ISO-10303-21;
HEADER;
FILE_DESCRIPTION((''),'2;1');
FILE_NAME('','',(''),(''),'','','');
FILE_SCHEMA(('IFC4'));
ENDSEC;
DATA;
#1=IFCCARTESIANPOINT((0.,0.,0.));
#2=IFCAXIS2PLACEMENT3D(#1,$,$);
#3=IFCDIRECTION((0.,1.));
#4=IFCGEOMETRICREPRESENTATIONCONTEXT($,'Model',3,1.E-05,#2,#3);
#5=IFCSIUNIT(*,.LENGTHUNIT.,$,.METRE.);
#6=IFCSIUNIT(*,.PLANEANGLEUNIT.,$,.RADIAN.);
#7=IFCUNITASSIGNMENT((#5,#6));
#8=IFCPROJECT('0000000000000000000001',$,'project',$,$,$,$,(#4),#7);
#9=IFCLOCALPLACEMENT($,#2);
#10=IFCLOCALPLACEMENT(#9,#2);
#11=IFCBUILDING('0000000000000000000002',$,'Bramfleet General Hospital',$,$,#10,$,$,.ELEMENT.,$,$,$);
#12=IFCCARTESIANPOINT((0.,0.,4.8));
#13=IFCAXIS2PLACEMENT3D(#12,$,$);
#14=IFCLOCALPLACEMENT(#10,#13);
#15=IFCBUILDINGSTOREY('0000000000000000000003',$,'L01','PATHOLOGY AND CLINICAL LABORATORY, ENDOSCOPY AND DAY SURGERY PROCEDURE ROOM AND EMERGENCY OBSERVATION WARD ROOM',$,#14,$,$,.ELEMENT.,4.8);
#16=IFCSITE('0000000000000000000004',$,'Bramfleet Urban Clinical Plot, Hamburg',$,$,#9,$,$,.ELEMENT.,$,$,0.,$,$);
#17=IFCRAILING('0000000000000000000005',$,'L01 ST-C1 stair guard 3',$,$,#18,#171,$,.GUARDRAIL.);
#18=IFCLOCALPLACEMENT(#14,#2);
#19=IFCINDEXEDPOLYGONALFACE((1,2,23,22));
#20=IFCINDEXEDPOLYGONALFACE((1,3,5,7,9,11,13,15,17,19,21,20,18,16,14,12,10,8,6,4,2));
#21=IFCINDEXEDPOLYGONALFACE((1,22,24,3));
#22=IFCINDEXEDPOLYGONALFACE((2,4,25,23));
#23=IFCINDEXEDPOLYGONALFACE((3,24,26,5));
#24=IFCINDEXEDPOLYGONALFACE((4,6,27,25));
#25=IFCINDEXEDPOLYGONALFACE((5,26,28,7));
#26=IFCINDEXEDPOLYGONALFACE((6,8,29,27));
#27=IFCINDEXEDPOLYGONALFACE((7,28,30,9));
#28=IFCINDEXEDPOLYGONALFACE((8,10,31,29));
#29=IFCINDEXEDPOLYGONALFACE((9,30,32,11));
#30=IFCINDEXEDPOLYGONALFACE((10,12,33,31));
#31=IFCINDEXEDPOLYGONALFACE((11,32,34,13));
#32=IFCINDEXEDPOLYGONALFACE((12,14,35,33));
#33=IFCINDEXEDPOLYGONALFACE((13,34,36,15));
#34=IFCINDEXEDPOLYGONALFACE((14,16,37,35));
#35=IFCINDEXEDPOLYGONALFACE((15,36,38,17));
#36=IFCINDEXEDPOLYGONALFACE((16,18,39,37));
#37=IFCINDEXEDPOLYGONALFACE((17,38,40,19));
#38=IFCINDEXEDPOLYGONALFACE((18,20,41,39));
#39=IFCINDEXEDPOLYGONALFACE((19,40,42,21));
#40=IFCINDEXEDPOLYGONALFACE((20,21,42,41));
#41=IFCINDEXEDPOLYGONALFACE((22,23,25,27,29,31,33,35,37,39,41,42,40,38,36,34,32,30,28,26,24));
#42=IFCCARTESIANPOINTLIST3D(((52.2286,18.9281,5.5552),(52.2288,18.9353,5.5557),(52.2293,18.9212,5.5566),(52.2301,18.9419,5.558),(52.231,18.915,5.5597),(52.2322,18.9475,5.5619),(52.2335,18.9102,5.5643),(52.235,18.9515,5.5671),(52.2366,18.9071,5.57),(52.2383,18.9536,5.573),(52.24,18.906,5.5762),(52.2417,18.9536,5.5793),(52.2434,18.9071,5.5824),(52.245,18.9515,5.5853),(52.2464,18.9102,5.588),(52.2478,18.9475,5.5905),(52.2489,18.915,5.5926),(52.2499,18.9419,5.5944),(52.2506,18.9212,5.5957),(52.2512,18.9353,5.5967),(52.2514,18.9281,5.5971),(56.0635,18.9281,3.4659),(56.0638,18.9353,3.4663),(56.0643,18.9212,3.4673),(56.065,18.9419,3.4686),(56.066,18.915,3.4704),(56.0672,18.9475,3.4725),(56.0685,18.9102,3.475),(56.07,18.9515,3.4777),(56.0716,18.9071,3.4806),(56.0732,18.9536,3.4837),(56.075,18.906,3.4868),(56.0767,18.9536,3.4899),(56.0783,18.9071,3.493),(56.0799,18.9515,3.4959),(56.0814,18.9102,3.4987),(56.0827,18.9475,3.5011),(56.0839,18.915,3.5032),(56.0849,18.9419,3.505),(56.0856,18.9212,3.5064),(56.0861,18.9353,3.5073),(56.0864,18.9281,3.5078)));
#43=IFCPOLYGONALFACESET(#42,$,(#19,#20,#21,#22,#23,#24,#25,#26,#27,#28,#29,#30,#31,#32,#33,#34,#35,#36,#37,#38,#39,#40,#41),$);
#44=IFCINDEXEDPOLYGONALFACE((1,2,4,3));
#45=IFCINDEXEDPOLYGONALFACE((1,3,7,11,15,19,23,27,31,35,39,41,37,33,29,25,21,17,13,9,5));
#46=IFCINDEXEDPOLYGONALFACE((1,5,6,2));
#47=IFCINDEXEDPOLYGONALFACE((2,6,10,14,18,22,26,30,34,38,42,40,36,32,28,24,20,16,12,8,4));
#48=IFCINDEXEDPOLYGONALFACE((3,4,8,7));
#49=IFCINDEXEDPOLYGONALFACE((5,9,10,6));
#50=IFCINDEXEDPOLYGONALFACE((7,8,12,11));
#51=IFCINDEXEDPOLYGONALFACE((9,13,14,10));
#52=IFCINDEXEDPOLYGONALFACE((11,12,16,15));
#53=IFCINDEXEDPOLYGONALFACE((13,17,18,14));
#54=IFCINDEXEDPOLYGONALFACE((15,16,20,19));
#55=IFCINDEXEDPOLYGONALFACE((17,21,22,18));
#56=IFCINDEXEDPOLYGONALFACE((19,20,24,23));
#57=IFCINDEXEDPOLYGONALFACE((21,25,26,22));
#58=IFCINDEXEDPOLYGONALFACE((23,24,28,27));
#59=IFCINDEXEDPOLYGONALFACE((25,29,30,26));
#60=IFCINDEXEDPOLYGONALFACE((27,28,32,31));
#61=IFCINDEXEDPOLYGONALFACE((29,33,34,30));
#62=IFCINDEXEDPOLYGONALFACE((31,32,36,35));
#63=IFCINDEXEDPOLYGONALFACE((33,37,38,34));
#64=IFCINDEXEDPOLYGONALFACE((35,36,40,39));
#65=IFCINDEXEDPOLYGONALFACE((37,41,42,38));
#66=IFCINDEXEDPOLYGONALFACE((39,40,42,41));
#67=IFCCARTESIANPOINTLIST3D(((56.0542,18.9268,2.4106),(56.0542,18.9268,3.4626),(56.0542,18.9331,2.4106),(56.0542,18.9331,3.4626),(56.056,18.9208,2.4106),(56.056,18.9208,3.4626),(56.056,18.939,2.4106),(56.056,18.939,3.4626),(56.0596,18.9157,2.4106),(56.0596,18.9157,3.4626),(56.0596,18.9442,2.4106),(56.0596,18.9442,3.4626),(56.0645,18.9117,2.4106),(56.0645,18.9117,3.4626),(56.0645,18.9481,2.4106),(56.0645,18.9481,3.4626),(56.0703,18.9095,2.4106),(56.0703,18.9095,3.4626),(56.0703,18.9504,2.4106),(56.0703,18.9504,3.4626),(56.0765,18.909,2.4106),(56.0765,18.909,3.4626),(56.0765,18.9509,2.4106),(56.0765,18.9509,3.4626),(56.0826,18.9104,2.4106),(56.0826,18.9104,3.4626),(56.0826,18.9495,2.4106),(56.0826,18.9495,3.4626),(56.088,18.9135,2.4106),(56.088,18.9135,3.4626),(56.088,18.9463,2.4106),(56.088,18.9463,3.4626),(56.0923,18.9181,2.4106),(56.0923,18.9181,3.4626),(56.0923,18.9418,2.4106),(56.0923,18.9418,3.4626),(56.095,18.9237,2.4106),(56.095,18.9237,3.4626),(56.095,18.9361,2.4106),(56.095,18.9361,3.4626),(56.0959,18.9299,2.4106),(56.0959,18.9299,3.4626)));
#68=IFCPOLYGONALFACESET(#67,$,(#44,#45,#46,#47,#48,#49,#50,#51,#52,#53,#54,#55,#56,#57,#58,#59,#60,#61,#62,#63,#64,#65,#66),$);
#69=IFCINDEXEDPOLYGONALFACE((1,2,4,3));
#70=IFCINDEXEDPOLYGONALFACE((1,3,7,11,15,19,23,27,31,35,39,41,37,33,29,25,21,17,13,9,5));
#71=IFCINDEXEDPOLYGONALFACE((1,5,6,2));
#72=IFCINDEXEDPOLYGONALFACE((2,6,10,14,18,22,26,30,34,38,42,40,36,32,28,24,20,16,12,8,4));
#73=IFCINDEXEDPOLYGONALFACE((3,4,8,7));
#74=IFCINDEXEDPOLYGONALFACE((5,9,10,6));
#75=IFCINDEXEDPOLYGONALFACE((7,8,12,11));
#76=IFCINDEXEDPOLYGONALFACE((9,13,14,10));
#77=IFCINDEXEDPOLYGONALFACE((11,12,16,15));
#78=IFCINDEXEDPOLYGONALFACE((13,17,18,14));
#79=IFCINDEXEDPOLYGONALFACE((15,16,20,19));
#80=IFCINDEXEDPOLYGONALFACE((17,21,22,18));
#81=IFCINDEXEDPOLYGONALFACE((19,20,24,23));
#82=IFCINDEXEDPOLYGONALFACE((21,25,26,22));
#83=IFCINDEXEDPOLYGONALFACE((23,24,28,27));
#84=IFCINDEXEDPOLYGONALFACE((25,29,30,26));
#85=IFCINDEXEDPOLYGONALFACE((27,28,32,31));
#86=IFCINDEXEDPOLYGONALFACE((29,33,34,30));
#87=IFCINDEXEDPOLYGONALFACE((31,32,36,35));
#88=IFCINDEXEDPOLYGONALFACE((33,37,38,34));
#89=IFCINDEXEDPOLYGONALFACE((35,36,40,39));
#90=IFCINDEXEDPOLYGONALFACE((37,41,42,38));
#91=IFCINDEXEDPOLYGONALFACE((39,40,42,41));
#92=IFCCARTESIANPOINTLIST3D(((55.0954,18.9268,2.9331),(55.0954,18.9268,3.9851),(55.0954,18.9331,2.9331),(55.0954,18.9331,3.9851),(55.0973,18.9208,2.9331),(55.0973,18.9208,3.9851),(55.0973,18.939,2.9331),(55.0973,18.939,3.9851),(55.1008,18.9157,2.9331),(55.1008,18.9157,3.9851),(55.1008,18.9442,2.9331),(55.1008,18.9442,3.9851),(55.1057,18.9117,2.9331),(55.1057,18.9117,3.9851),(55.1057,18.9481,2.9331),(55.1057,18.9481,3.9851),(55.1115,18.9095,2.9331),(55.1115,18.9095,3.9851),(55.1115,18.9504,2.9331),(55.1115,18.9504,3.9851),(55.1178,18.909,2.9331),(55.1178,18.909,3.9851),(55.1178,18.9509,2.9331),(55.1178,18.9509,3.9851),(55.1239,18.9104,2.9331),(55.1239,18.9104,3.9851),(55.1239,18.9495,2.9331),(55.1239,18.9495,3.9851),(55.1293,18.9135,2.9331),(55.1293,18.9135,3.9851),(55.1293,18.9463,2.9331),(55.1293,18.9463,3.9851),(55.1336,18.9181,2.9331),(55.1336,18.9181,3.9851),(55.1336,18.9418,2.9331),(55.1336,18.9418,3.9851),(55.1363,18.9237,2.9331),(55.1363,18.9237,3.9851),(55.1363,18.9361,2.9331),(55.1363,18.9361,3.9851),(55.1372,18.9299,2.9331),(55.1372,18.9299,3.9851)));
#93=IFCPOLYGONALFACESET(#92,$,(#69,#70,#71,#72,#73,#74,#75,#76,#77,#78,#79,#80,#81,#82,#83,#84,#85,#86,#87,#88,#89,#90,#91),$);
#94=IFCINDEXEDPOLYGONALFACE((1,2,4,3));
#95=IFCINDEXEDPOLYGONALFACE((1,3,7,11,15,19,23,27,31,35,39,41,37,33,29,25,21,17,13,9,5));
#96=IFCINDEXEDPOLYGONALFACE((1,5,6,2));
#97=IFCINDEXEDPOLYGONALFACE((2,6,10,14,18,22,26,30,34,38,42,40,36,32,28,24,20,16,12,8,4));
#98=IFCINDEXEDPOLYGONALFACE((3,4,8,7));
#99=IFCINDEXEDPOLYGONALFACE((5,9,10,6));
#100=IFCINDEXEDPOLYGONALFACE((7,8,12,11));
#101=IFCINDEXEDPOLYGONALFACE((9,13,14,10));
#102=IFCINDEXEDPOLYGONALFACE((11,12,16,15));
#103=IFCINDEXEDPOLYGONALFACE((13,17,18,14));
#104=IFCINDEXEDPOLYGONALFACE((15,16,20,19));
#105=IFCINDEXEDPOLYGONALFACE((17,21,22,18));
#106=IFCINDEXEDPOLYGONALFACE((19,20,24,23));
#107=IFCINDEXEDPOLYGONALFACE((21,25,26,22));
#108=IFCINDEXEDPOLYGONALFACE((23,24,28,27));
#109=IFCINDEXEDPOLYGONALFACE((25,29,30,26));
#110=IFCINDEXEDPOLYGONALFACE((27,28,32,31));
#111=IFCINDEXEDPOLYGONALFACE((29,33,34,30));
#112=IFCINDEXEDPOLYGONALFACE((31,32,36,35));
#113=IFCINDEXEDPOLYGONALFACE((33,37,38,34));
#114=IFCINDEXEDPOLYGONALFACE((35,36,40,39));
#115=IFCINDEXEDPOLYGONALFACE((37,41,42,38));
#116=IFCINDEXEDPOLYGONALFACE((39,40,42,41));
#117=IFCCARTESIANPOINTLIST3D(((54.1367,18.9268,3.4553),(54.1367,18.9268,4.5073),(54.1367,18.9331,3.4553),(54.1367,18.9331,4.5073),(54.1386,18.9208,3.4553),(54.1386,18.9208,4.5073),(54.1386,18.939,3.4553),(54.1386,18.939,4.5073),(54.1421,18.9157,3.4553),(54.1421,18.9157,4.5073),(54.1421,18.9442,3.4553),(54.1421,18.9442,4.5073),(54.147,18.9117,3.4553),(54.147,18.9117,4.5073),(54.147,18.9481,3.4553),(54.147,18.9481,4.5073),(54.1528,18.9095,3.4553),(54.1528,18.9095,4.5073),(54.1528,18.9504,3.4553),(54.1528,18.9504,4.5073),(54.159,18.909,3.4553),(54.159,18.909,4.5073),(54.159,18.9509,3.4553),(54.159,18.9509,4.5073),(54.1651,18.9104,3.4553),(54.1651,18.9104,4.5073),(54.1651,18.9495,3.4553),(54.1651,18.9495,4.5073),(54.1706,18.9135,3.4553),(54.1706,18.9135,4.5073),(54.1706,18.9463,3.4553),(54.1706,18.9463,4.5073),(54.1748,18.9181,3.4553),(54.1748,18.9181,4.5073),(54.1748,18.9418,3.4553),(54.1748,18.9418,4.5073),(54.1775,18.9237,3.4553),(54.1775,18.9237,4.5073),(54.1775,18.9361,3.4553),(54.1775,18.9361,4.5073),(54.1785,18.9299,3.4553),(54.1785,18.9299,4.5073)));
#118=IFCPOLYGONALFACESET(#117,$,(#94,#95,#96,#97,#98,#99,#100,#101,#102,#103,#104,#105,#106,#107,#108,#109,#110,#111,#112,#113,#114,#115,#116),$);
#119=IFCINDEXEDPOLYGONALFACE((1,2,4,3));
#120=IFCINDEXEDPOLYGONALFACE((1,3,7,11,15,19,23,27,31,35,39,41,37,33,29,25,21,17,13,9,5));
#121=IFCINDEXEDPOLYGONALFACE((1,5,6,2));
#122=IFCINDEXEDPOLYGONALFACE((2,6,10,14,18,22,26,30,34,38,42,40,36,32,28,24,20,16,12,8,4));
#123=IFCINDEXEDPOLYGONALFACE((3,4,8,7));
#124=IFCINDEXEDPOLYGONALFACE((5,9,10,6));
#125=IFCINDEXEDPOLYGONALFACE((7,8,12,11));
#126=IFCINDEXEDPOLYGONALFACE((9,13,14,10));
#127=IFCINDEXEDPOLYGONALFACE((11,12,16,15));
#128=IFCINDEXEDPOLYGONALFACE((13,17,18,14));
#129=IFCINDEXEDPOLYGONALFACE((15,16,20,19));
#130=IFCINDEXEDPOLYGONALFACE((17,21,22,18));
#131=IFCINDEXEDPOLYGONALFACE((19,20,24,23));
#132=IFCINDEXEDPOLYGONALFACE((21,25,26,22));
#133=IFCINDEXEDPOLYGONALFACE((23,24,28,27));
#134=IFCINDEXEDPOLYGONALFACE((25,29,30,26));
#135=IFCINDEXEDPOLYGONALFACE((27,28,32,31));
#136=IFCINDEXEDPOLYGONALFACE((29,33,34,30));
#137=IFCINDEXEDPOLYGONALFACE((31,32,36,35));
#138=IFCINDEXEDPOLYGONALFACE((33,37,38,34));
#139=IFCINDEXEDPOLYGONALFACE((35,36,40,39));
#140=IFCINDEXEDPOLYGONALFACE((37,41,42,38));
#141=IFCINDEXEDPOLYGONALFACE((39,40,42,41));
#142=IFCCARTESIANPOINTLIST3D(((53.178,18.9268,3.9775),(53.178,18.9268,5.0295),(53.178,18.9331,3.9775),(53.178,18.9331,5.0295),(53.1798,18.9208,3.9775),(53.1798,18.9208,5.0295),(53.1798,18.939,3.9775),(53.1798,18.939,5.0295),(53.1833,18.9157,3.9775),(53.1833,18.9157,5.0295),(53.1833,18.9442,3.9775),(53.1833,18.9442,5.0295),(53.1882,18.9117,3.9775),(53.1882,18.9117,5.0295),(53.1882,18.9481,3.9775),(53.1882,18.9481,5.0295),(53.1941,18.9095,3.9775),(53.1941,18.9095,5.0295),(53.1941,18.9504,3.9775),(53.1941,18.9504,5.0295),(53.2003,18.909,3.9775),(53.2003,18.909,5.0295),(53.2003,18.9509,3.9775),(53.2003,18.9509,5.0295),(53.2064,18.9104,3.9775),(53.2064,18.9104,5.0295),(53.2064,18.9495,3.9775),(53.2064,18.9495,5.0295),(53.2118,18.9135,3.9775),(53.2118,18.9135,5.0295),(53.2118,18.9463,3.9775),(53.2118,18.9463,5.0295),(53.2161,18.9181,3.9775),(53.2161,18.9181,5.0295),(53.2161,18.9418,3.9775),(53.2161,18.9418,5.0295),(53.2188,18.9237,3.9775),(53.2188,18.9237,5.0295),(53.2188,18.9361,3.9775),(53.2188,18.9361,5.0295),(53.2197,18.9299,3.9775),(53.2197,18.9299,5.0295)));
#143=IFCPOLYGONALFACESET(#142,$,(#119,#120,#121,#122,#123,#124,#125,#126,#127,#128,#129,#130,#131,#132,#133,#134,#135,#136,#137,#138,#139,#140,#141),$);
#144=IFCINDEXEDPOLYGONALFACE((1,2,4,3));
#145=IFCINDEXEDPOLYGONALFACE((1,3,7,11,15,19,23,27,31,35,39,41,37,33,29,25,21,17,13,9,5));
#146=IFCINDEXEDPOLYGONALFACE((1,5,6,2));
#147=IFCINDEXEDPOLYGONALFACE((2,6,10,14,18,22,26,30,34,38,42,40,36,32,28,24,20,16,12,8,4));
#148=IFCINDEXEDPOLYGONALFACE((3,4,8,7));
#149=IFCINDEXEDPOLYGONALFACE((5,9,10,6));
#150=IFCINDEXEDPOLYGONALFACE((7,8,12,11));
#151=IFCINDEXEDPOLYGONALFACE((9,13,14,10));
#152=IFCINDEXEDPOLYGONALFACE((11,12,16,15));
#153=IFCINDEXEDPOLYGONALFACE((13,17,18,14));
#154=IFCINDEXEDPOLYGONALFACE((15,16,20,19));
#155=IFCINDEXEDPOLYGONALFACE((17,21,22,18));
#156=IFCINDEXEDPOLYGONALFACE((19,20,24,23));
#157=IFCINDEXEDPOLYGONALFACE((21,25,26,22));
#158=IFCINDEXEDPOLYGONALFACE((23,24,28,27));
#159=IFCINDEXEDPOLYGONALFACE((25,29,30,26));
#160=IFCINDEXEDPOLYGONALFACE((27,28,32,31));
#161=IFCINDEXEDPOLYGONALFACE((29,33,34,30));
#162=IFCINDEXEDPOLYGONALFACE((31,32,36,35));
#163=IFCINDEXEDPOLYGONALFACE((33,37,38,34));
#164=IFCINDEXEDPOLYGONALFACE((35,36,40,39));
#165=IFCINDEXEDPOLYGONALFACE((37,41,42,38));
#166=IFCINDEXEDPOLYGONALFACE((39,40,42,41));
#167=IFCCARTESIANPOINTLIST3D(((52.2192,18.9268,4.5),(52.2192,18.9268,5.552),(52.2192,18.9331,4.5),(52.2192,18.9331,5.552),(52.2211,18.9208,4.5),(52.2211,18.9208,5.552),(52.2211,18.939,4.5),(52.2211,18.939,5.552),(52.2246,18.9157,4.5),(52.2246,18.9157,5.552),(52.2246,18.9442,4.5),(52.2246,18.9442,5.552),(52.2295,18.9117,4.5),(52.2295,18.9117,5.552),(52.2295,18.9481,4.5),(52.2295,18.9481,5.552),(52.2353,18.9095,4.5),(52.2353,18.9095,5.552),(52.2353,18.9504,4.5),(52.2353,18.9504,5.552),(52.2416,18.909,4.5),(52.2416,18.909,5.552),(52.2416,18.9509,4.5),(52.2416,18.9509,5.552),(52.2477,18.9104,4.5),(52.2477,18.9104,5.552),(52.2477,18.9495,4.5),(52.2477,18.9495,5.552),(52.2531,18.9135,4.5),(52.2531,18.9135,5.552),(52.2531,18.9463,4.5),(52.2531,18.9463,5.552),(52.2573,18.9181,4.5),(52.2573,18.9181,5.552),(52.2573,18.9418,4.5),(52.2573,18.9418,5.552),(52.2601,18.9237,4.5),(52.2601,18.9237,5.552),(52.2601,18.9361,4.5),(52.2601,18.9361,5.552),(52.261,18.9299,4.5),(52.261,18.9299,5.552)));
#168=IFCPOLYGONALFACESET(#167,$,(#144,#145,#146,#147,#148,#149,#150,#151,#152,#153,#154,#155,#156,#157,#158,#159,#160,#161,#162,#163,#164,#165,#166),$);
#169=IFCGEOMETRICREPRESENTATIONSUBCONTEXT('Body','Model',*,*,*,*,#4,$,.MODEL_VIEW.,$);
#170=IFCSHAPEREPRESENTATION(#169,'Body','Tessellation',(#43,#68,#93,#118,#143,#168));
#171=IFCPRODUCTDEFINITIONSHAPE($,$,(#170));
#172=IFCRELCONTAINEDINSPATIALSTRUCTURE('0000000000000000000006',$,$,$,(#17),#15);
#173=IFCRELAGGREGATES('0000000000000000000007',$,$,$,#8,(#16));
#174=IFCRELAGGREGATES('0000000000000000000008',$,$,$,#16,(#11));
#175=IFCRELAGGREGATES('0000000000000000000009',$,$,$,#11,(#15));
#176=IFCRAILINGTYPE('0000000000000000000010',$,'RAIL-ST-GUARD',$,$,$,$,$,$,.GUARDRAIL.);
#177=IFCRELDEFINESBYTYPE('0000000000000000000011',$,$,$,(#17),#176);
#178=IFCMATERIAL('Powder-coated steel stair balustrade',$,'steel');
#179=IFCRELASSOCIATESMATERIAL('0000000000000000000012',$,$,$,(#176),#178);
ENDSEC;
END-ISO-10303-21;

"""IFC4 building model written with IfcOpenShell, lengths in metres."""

from ifc_helpers import new_model, si_unit, direction, frame, origin, origin_2d, place, context, subcontext, project, spatial, circle, extrude, material, type_object, element, save


model = new_model("IFC4")

# Units and contexts
model_context = context("Model", 3, precision=1e-05, world=origin(), true_north=direction((0.0, 1.0)))
body_context = subcontext(model_context, "Body", "Model", "MODEL_VIEW")
ifc_project = project(units=[si_unit("LENGTHUNIT", "METRE"), si_unit("PLANEANGLEUNIT", "RADIAN")], contexts=[model_context])

# Site, building, storey
site_placement = place(None, origin())
site = spatial("IfcSite", under=ifc_project, at=site_placement, Name="Bramfleet Urban Clinical Plot, Hamburg", CompositionType="ELEMENT", RefElevation=0.0)
building_placement = place(site_placement, origin())
building = spatial("IfcBuilding", under=site, at=building_placement, Name="Bramfleet General Hospital", CompositionType="ELEMENT")
storey_placement = place(building_placement, frame((0.0, 0.0, 4.8)))
storey = spatial("IfcBuildingStorey", under=building, at=storey_placement, Name="L01", Description="PATHOLOGY AND CLINICAL LABORATORY, ENDOSCOPY AND DAY SURGERY PROCEDURE ROOM AND EMERGENCY OBSERVATION WARD ROOM", CompositionType="ELEMENT", Elevation=4.8)

# Railing
ifc_material_1 = material(Name="Powder-coated steel stair balustrade", Category="steel")
railing_type_1 = type_object("IfcRailingType", Name="RAIL-ST-GUARD", PredefinedType="GUARDRAIL", material=ifc_material_1)
railing_1_placement = place(storey_placement, frame((56.075, 18.9299, 2.4106)))
element("IfcRailing", 1, at=railing_1_placement, inside=storey, type_object=railing_type_1, Name="L01 ST-C1 stair guard 3", PredefinedType="GUARDRAIL", context=body_context, shape_type="SweptSolid", body=[
    extrude(circle(Radius=0.0239, at=origin_2d()), frame((0.0, 0.0, 1.0762), z_axis=(-0.87813, 0.0, 0.478421), x_axis=(0.0, -1.0, 0.0)), (0.0, 0.0, 1.0), 4.3672),
    extrude(circle(Radius=0.021, at=origin_2d()), origin(), (0.0, 0.0, 1.0), 1.052),
    extrude(circle(Radius=0.021, at=origin_2d()), frame((-0.9587, 0.0, 0.5225)), (0.0, 0.0, 1.0), 1.052),
    extrude(circle(Radius=0.021, at=origin_2d()), frame((-1.9175, 0.0, 1.0447)), (0.0, 0.0, 1.0), 1.052),
    extrude(circle(Radius=0.021, at=origin_2d()), frame((-2.8762, 0.0, 1.5669)), (0.0, 0.0, 1.0), 1.052),
    extrude(circle(Radius=0.021, at=origin_2d()), frame((-3.835, 0.0, 2.0894)), (0.0, 0.0, 1.0), 1.052),
])

save(model, "model.ifc")
